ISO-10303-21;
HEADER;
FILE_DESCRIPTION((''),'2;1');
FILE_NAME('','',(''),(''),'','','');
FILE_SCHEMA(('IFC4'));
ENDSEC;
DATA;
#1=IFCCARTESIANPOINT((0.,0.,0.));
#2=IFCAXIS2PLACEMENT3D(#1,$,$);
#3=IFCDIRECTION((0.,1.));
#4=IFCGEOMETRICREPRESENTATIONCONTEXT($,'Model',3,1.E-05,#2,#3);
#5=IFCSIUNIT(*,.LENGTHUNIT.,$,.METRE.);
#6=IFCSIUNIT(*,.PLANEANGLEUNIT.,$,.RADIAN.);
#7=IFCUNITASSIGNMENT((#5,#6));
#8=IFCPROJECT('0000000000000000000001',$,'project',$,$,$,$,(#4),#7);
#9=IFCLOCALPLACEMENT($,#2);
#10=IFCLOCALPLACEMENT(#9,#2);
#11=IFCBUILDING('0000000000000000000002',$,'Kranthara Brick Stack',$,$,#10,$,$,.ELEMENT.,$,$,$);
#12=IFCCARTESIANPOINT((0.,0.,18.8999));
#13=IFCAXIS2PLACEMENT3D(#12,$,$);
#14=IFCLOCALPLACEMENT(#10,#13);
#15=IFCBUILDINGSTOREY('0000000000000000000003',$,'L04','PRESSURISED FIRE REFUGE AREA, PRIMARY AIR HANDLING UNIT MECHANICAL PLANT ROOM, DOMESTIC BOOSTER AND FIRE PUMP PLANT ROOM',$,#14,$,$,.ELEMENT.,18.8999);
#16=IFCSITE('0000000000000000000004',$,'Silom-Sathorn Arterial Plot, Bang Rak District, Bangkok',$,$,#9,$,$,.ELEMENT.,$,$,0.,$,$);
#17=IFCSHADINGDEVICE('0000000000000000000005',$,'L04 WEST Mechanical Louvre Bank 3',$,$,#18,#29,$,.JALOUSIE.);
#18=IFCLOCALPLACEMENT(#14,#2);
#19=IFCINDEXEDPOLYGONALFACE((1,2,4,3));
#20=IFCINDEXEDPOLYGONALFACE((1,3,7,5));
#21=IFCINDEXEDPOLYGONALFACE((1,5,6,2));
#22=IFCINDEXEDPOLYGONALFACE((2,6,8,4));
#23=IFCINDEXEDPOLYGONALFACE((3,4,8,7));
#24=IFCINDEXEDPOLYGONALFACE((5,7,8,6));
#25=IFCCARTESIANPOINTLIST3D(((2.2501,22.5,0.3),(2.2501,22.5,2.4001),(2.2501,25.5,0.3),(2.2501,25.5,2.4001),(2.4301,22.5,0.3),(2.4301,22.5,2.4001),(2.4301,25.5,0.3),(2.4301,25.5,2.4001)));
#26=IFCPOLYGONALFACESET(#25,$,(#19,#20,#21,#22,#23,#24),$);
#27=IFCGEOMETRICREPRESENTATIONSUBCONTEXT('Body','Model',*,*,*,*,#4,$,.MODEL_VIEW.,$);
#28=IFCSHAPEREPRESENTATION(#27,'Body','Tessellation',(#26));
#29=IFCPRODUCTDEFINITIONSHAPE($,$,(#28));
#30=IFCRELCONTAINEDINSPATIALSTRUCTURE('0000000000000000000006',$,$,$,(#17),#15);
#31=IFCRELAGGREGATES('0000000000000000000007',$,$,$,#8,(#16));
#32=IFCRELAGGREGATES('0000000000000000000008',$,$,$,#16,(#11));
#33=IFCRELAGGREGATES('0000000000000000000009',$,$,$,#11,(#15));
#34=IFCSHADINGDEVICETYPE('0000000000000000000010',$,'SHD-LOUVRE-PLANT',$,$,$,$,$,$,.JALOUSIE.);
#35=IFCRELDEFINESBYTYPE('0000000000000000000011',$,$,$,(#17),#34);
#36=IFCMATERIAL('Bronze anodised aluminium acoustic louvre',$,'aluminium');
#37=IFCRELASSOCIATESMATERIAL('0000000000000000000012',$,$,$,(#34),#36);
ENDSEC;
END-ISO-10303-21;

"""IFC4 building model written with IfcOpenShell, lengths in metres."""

from ifc_helpers import new_model, si_unit, direction, frame, origin, origin_2d, place, context, subcontext, project, spatial, rectangle, extrude, material, type_object, element, save


model = new_model("IFC4")

# Units and contexts
model_context = context("Model", 3, precision=1e-05, world=origin(), true_north=direction((0.0, 1.0)))
body_context = subcontext(model_context, "Body", "Model", "MODEL_VIEW")
ifc_project = project(units=[si_unit("LENGTHUNIT", "METRE"), si_unit("PLANEANGLEUNIT", "RADIAN")], contexts=[model_context])

# Site, building, storey
site_placement = place(None, origin())
site = spatial("IfcSite", under=ifc_project, at=site_placement, Name="Silom-Sathorn Arterial Plot, Bang Rak District, Bangkok", CompositionType="ELEMENT", RefElevation=0.0)
building_placement = place(site_placement, origin())
building = spatial("IfcBuilding", under=site, at=building_placement, Name="Kranthara Brick Stack", CompositionType="ELEMENT")
storey_placement = place(building_placement, frame((0.0, 0.0, 18.8999)))
storey = spatial("IfcBuildingStorey", under=building, at=storey_placement, Name="L04", Description="PRESSURISED FIRE REFUGE AREA, PRIMARY AIR HANDLING UNIT MECHANICAL PLANT ROOM, DOMESTIC BOOSTER AND FIRE PUMP PLANT ROOM", CompositionType="ELEMENT", Elevation=18.8999)

# Shading device
ifc_material_1 = material(Name="Bronze anodised aluminium acoustic louvre", Category="aluminium")
shading_device_type = type_object("IfcShadingDeviceType", Name="SHD-LOUVRE-PLANT", PredefinedType="JALOUSIE", material=ifc_material_1)
for number, where, z_axis, x_axis, name in (
    (1, (2.3401, 24.0, 0.3), (0.0, 0.0, 1.0), (0.0, 1.0, 0.0), "L04 WEST Mechanical Louvre Bank 3"),
):
    element("IfcShadingDevice", number, at=place(storey_placement, frame(where, z_axis=z_axis, x_axis=x_axis)), inside=storey, type_object=shading_device_type, Name=name, PredefinedType="JALOUSIE", context=body_context, shape_type="SweptSolid", body=[
        extrude(rectangle(XDim=3.0, YDim=0.1799, at=origin_2d()), origin(), (0.0, 0.0, 1.0), 2.1001),
    ])

save(model, "model.ifc")
